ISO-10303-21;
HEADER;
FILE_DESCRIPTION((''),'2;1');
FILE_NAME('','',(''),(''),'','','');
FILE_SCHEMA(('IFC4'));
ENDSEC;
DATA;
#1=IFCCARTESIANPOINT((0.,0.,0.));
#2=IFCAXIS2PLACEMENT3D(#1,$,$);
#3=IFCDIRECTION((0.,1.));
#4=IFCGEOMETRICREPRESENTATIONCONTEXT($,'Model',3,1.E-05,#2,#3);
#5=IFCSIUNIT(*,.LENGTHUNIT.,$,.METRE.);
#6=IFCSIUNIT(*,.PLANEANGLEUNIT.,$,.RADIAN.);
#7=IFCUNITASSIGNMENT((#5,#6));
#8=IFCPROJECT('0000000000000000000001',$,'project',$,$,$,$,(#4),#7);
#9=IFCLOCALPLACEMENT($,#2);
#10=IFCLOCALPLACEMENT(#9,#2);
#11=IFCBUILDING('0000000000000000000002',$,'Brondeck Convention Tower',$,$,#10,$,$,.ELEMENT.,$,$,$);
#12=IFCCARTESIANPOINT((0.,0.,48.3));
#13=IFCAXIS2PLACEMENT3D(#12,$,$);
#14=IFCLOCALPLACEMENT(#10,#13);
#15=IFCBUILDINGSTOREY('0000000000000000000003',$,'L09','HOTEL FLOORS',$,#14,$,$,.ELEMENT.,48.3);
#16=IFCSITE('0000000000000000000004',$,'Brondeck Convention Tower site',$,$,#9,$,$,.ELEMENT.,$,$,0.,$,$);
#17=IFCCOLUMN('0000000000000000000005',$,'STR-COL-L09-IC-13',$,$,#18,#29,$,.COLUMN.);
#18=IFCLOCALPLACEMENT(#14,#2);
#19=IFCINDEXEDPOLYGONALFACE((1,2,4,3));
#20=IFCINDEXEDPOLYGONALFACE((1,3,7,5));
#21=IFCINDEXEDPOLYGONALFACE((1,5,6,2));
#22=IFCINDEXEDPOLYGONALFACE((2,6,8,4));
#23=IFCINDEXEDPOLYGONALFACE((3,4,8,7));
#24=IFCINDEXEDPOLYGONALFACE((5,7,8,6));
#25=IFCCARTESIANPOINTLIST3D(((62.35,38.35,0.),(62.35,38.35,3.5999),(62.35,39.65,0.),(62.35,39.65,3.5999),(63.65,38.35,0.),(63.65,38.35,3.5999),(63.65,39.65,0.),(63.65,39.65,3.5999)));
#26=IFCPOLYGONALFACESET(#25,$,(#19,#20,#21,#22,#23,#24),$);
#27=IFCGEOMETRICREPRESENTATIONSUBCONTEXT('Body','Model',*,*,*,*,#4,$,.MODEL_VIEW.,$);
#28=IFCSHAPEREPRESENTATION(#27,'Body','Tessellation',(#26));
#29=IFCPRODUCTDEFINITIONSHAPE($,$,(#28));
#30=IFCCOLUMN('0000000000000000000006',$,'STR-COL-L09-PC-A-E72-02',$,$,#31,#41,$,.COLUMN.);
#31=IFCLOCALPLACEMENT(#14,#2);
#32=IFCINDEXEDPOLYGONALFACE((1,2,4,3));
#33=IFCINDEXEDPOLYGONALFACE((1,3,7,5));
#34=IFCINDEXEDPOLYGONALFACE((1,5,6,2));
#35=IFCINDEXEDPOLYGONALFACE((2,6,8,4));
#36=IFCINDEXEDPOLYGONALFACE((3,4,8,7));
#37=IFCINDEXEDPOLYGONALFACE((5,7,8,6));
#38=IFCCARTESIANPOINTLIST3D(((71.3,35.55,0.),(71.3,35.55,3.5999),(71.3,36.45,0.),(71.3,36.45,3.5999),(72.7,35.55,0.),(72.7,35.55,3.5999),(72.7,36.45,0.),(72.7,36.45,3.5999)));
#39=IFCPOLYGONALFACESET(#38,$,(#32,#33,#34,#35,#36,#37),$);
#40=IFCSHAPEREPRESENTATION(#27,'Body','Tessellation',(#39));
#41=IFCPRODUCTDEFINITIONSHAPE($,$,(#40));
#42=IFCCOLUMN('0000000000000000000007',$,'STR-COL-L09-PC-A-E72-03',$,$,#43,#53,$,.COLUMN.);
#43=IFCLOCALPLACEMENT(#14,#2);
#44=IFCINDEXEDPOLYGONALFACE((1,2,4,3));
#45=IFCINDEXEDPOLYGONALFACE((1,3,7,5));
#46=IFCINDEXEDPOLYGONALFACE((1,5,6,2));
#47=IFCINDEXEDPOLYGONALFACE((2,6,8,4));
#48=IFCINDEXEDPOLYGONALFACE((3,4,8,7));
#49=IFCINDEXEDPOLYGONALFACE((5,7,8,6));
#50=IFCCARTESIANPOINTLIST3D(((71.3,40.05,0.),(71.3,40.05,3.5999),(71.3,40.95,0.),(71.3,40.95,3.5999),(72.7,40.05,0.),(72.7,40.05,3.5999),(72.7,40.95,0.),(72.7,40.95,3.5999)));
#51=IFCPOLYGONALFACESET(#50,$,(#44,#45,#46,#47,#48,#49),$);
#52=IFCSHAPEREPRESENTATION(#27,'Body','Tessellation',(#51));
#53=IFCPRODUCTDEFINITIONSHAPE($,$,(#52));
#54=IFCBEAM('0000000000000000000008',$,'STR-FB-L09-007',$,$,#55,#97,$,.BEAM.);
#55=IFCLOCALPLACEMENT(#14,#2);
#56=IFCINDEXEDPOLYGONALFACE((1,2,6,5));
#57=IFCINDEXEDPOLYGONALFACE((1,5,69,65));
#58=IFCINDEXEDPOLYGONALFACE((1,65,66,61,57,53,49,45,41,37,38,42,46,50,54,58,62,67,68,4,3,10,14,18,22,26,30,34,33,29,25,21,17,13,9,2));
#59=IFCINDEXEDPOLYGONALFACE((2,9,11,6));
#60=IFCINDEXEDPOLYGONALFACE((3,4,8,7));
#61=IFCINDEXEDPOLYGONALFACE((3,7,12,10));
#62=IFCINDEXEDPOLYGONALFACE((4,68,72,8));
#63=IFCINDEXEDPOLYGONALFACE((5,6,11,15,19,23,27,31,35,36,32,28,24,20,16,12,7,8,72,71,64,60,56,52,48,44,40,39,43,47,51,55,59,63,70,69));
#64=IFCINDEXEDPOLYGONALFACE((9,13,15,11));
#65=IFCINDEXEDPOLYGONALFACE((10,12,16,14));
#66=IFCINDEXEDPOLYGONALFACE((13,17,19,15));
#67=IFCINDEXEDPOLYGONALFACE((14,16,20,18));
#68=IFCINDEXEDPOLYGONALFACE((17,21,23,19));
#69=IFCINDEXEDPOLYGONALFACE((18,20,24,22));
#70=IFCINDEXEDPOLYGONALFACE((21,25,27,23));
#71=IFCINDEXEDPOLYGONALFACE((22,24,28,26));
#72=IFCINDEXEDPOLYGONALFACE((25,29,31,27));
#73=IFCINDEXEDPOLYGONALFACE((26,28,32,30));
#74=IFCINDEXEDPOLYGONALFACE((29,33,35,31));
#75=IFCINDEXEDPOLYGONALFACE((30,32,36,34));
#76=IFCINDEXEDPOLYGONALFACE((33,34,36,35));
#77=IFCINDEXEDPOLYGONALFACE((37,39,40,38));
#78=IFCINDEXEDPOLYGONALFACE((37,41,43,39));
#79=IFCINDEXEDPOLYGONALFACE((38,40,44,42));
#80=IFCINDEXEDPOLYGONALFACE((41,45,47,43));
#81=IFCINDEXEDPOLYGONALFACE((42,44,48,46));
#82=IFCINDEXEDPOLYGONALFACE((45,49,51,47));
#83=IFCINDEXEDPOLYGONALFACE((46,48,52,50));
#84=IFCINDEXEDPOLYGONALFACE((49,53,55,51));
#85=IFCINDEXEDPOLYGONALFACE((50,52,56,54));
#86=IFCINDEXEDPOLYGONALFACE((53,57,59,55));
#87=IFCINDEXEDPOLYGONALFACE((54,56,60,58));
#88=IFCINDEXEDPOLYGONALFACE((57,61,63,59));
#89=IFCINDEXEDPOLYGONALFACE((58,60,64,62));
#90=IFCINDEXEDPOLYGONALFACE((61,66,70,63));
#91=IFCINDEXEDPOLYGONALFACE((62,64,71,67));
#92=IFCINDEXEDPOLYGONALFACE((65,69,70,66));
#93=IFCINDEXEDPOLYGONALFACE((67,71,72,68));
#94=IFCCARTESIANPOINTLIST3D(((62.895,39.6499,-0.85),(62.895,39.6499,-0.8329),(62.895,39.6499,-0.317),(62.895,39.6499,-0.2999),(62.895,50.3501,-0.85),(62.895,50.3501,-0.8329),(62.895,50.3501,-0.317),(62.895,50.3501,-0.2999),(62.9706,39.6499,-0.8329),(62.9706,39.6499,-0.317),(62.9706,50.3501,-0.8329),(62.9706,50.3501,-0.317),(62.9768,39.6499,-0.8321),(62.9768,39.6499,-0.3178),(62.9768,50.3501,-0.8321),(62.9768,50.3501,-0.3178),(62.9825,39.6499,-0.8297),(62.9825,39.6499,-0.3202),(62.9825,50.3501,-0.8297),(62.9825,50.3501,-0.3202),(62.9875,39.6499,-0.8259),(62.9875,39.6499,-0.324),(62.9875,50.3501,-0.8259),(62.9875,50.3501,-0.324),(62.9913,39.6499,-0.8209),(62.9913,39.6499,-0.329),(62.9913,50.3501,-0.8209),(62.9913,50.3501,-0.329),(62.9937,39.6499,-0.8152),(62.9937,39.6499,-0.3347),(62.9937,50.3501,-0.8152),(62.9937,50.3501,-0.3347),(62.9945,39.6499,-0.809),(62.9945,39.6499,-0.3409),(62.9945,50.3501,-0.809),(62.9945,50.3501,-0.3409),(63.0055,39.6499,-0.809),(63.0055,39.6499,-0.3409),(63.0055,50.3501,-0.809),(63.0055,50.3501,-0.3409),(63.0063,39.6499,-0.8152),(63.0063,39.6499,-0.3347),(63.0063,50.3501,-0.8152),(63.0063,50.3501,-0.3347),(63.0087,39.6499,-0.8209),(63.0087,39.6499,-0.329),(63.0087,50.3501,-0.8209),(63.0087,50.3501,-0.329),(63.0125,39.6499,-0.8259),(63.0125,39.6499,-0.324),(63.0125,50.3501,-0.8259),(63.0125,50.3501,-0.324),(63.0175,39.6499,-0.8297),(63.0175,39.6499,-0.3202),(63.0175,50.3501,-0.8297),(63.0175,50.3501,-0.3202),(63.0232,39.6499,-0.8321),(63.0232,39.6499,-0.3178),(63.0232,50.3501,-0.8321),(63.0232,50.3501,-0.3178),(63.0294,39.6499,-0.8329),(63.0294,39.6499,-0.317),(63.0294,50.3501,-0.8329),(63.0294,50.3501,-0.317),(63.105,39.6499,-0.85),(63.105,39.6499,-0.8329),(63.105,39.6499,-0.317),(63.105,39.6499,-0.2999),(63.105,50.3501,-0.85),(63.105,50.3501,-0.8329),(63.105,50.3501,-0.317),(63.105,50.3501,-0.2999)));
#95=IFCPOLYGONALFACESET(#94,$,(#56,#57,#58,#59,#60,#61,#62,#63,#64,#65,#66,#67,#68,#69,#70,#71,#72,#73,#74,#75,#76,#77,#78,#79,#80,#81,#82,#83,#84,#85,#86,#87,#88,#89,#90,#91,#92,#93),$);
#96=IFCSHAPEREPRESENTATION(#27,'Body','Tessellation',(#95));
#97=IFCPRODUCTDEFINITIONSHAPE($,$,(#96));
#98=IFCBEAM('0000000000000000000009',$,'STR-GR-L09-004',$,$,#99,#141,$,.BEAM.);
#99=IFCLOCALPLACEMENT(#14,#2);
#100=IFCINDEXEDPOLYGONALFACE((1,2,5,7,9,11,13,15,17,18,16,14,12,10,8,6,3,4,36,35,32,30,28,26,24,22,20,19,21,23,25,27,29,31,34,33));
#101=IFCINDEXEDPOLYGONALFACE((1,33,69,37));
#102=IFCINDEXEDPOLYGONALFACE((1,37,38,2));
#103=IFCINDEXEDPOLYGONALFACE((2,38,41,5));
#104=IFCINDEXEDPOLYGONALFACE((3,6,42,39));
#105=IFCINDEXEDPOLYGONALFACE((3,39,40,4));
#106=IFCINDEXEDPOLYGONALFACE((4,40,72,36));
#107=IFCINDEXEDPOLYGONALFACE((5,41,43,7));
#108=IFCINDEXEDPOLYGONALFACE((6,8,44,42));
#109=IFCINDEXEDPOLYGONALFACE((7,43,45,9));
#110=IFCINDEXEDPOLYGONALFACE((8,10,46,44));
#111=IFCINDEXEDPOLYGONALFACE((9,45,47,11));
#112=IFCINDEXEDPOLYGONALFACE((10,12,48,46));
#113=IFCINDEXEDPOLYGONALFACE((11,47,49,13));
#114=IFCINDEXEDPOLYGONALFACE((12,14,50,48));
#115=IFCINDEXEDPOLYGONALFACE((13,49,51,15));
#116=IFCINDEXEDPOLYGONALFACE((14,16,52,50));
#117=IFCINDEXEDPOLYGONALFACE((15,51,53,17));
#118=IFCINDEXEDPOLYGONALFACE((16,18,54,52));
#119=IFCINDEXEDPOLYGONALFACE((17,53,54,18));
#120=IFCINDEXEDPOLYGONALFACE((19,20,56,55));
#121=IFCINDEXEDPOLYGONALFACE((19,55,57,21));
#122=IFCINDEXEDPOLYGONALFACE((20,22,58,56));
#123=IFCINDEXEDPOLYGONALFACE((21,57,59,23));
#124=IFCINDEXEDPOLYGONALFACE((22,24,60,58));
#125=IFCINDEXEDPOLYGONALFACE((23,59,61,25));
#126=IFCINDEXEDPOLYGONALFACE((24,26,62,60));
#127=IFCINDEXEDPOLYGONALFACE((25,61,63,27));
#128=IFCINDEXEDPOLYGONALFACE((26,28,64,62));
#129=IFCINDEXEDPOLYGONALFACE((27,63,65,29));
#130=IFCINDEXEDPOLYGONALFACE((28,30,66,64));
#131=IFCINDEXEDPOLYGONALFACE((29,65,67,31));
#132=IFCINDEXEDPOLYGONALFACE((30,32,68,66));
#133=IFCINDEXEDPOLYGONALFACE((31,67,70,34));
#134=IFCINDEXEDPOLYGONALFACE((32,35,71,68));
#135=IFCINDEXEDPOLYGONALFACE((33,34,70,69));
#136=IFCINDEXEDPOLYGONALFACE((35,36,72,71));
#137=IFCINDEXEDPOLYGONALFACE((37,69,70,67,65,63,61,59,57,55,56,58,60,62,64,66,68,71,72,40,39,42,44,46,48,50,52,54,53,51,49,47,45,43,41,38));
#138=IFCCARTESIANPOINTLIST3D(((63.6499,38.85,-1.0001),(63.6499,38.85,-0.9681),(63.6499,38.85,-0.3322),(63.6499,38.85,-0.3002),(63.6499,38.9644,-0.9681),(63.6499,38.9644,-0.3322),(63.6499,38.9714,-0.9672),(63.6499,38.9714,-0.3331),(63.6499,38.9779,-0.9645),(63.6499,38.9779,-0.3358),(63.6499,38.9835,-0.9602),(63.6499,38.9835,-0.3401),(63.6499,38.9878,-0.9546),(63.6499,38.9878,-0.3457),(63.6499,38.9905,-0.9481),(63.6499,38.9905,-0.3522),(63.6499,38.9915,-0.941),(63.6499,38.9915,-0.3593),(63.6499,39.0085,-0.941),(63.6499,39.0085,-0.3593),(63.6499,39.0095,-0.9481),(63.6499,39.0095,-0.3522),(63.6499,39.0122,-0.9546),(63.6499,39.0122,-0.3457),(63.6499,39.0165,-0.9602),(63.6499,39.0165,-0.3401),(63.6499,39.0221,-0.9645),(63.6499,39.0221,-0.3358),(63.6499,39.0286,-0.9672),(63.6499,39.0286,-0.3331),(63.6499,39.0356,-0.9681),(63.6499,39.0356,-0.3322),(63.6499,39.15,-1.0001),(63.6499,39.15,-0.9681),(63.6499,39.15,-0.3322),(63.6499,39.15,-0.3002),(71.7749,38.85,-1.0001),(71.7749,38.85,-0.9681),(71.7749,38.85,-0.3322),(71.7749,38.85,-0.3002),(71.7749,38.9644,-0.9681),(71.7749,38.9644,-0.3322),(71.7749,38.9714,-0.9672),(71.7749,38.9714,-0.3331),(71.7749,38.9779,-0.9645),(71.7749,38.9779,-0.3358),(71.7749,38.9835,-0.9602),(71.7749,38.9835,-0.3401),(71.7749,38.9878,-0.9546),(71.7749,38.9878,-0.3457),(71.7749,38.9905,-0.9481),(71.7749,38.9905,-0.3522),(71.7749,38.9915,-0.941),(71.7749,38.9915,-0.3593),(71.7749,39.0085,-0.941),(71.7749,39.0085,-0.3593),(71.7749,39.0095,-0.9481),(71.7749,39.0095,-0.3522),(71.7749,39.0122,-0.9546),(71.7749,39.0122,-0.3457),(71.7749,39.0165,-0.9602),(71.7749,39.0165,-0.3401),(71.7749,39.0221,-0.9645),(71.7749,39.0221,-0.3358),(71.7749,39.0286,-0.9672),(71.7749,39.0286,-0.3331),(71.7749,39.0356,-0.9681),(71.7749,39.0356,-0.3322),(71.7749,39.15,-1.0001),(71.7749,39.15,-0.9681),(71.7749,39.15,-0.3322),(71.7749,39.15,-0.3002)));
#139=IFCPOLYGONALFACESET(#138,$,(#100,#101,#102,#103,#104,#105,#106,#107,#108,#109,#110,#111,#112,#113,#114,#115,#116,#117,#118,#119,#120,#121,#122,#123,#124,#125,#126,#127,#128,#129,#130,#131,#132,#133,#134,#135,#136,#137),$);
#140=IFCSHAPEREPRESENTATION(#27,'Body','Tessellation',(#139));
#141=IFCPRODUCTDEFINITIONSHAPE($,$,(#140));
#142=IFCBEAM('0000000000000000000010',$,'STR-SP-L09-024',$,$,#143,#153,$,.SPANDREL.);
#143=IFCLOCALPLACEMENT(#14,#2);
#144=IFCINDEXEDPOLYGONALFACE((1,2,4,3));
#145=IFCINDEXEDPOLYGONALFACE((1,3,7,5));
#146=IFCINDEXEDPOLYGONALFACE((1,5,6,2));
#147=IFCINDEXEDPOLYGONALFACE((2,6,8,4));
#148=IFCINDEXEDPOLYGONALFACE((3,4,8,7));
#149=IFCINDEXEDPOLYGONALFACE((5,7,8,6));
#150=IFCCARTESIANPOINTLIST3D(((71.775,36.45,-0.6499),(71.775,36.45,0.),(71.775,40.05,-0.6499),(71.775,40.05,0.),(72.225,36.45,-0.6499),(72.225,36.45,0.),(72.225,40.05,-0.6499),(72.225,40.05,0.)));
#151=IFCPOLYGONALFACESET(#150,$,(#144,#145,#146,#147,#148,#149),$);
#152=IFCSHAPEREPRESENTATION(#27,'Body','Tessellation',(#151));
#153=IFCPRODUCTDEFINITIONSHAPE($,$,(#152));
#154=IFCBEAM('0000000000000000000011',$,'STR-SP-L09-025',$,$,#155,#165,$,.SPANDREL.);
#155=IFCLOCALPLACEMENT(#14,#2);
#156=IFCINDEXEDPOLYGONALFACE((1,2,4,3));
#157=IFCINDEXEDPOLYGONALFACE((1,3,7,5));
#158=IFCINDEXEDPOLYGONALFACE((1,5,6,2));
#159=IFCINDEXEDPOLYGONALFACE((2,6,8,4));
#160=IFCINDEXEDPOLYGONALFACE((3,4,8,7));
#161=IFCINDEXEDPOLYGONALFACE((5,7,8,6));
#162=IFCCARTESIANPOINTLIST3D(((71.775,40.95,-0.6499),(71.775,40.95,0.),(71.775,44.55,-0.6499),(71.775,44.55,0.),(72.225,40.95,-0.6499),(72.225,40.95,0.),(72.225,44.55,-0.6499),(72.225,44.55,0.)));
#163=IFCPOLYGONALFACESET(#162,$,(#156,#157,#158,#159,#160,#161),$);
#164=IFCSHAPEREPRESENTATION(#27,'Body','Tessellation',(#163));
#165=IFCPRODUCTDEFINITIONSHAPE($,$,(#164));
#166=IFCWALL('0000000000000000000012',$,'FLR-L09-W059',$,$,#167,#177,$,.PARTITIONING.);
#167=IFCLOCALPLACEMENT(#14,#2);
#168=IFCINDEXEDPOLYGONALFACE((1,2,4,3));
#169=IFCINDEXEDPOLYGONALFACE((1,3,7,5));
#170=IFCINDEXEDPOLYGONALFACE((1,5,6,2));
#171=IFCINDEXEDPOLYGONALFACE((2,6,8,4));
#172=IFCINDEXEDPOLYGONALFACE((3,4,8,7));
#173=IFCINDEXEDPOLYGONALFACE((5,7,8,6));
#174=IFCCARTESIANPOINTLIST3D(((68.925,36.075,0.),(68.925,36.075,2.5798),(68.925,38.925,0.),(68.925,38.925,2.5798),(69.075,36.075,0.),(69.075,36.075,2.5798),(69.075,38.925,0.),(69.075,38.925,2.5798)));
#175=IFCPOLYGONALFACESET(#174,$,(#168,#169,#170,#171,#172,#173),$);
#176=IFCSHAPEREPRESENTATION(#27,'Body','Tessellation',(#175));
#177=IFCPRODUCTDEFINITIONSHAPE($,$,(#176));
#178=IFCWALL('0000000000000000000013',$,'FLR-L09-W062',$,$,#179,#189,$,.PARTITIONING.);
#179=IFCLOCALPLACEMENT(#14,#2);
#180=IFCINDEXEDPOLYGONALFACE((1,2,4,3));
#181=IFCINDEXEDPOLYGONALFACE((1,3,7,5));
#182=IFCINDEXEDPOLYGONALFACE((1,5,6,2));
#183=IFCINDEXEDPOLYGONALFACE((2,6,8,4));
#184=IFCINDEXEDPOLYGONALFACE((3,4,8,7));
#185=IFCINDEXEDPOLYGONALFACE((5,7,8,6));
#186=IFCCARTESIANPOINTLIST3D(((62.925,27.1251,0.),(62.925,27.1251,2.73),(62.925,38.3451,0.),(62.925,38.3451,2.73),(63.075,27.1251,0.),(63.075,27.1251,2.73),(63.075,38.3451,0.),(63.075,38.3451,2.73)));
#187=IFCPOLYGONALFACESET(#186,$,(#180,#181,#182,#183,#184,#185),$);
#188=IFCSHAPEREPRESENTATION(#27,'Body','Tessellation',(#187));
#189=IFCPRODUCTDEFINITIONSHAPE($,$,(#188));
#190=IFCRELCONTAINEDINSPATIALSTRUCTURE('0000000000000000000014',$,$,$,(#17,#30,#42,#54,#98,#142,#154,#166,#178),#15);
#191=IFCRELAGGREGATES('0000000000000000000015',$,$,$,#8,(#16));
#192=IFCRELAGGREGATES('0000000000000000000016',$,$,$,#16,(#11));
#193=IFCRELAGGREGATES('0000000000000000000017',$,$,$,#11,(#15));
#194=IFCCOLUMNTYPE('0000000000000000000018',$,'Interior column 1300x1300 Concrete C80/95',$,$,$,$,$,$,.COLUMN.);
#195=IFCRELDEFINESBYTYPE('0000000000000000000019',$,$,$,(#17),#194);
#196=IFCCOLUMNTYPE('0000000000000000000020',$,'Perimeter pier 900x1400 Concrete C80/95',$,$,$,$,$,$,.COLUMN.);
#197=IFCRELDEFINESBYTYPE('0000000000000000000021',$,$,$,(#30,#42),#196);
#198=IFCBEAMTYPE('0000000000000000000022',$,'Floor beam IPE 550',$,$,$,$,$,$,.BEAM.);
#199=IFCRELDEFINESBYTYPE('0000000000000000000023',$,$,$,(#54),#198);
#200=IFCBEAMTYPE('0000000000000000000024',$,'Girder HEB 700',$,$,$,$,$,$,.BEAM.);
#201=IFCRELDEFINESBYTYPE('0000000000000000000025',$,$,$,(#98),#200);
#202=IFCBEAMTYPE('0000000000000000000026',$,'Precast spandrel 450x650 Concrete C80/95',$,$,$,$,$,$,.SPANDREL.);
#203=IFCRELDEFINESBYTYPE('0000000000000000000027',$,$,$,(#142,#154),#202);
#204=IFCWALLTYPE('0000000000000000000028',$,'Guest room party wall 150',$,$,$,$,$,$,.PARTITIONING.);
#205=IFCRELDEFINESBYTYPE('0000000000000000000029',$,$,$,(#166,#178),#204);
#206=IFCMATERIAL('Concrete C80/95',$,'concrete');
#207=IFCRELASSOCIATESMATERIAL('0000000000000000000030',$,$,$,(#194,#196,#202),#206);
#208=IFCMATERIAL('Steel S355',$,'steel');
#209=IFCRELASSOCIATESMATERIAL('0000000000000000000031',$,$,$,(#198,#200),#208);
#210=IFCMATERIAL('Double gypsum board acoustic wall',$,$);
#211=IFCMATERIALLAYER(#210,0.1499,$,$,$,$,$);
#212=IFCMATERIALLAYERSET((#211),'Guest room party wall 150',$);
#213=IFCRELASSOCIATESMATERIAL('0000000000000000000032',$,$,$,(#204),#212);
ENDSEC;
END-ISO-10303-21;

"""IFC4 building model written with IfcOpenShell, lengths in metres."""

from ifc_helpers import new_model, si_unit, direction, frame, frame_2d, origin, origin_2d, place, context, subcontext, project, spatial, rectangle, i_section, extrude, material, layer, layer_set, material_profile, profile_set, type_object, element, save


model = new_model("IFC4")

# Units and contexts
model_context = context("Model", 3, precision=1e-05, world=origin(), true_north=direction((0.0, 1.0)))
body_context = subcontext(model_context, "Body", "Model", "MODEL_VIEW")
ifc_project = project(units=[si_unit("LENGTHUNIT", "METRE"), si_unit("PLANEANGLEUNIT", "RADIAN")], contexts=[model_context])

# Site, building, storey
site_placement = place(None, origin())
site = spatial("IfcSite", under=ifc_project, at=site_placement, Name="Brondeck Convention Tower site", CompositionType="ELEMENT", RefElevation=0.0)
building_placement = place(site_placement, origin())
building = spatial("IfcBuilding", under=site, at=building_placement, Name="Brondeck Convention Tower", CompositionType="ELEMENT")
storey_placement = place(building_placement, frame((0.0, 0.0, 48.3)))
storey = spatial("IfcBuildingStorey", under=building, at=storey_placement, Name="L09", Description="HOTEL FLOORS", CompositionType="ELEMENT", Elevation=48.3)

# Columns
ifc_material_1 = material(Name="Concrete C80/95", Category="concrete")
ifc_material_profile_1 = material_profile(ifc_material_1, rectangle(XDim=1.3, YDim=1.3, at=origin_2d()), Name="Interior column 1300x1300 Concrete C80/95")
ifc_profile_set_1 = profile_set([ifc_material_profile_1], Name="Concrete C80/95")
column_type_1 = type_object("IfcColumnType", Name="Interior column 1300x1300 Concrete C80/95", PredefinedType="COLUMN", material=ifc_profile_set_1)
column_placement = place(storey_placement, frame((63.0, 39.0, 0.0), z_axis=(0.0, 0.0, 1.0), x_axis=(1.0, 0.0, 0.0)))
element("IfcColumn", 1, at=column_placement, inside=storey, type_object=column_type_1, Name="STR-COL-L09-IC-13", PredefinedType="COLUMN", context=body_context, shape_type="SweptSolid", body=[
    extrude(rectangle(XDim=1.3, YDim=1.3, at=origin_2d()), origin(), (0.0, 0.0, 1.0), 3.5999),
])
ifc_material_profile_2 = material_profile(ifc_material_1, rectangle(XDim=0.8999, YDim=1.3999, at=origin_2d()), Name="Perimeter pier 900x1400 Concrete C80/95")
ifc_profile_set_2 = profile_set([ifc_material_profile_2], Name="Concrete C80/95")
column_type_2 = type_object("IfcColumnType", Name="Perimeter pier 900x1400 Concrete C80/95", PredefinedType="COLUMN", material=ifc_profile_set_2)
for number, where, z_axis, x_axis, name in (
    (2, (72.0, 36.0, 0.0), (0.0, 0.0, 1.0), (0.0, 1.0, 0.0), "STR-COL-L09-PC-A-E72-02"),
    (3, (72.0, 40.5, 0.0), (0.0, 0.0, 1.0), (0.0, 1.0, 0.0), "STR-COL-L09-PC-A-E72-03"),
):
    element("IfcColumn", number, at=place(storey_placement, frame(where, z_axis=z_axis, x_axis=x_axis)), inside=storey, type_object=column_type_2, Name=name, PredefinedType="COLUMN", context=body_context, shape_type="SweptSolid", body=[
        extrude(rectangle(XDim=0.8999, YDim=1.3999, at=origin_2d()), origin(), (0.0, 0.0, 1.0), 3.5999),
    ])

# Beams
ifc_material_2 = material(Name="Steel S355", Category="steel")
ifc_material_profile_3 = material_profile(ifc_material_2, i_section(OverallWidth=0.21, OverallDepth=0.55, WebThickness=0.011, FlangeThickness=0.0171, FilletRadius=0.0239, at=origin_2d()), Name="IPE 550")
ifc_profile_set_3 = profile_set([ifc_material_profile_3], Name="Steel S355")
beam_type_1 = type_object("IfcBeamType", Name="Floor beam IPE 550", PredefinedType="BEAM", material=ifc_profile_set_3)
beam_1_placement = place(storey_placement, frame((63.0, 39.6499, -0.575), z_axis=(0.0, 1.0, 0.0), x_axis=(-1.0, 0.0, 0.0)))
element("IfcBeam", 4, at=beam_1_placement, inside=storey, type_object=beam_type_1, Name="STR-FB-L09-007", PredefinedType="BEAM", context=body_context, shape_type="SweptSolid", body=[
    extrude(i_section(OverallWidth=0.21, OverallDepth=0.55, WebThickness=0.011, FlangeThickness=0.0171, FilletRadius=0.0239, at=origin_2d()), origin(), (0.0, 0.0, 1.0), 10.7002),
])
ifc_material_profile_4 = material_profile(ifc_material_2, i_section(OverallWidth=0.3, OverallDepth=0.7, WebThickness=0.0171, FlangeThickness=0.032, FilletRadius=0.0271, at=origin_2d()), Name="HEB 700")
ifc_profile_set_4 = profile_set([ifc_material_profile_4], Name="Steel S355")
beam_type_2 = type_object("IfcBeamType", Name="Girder HEB 700", PredefinedType="BEAM", material=ifc_profile_set_4)
beam_2_placement = place(storey_placement, frame((63.6499, 39.0, -0.6501), z_axis=(1.0, 0.0, 0.0), x_axis=(0.0, 1.0, 0.0)))
element("IfcBeam", 5, at=beam_2_placement, inside=storey, type_object=beam_type_2, Name="STR-GR-L09-004", PredefinedType="BEAM", context=body_context, shape_type="SweptSolid", body=[
    extrude(i_section(OverallWidth=0.3, OverallDepth=0.7, WebThickness=0.0171, FlangeThickness=0.032, FilletRadius=0.0271, at=origin_2d()), origin(), (0.0, 0.0, 1.0), 8.125),
])
ifc_material_profile_5 = material_profile(ifc_material_1, rectangle(XDim=0.45, YDim=0.6499, at=origin_2d()), Name="Precast spandrel 450x650 Concrete C80/95")
ifc_profile_set_5 = profile_set([ifc_material_profile_5], Name="Concrete C80/95")
beam_type_3 = type_object("IfcBeamType", Name="Precast spandrel 450x650 Concrete C80/95", PredefinedType="SPANDREL", material=ifc_profile_set_5)
for number, where, z_axis, x_axis, name in (
    (6, (72.0, 36.45, -0.325), (0.0, 1.0, 0.0), (-1.0, 0.0, 0.0), "STR-SP-L09-024"),
    (7, (72.0, 40.95, -0.325), (0.0, 1.0, 0.0), (-1.0, 0.0, 0.0), "STR-SP-L09-025"),
):
    element("IfcBeam", number, at=place(storey_placement, frame(where, z_axis=z_axis, x_axis=x_axis)), inside=storey, type_object=beam_type_3, Name=name, PredefinedType="SPANDREL", context=body_context, shape_type="SweptSolid", body=[
        extrude(rectangle(XDim=0.45, YDim=0.6499, at=origin_2d()), origin(), (0.0, 0.0, 1.0), 3.6001),
    ])

# Walls
ifc_material_3 = material(Name="Double gypsum board acoustic wall")
ifc_layer_1 = layer(ifc_material_3, 0.1499)
ifc_layer_set_1 = layer_set([ifc_layer_1], Name="Guest room party wall 150")
wall_type_1 = type_object("IfcWallType", Name="Guest room party wall 150", PredefinedType="PARTITIONING", material=ifc_layer_set_1)
wall_1_placement = place(storey_placement, frame((69.0, 36.075, 0.0), z_axis=(0.0, 0.0, 1.0), x_axis=(0.0, 1.0, 0.0)))
element("IfcWall", 8, at=wall_1_placement, inside=storey, type_object=wall_type_1, Name="FLR-L09-W059", PredefinedType="PARTITIONING", context=body_context, shape_type="SweptSolid", body=[
    extrude(rectangle(XDim=2.8501, YDim=0.1499, at=frame_2d((1.425, 0.0))), origin(), (0.0, 0.0, 1.0), 2.5798),
])
wall_2_placement = place(storey_placement, frame((63.0, 38.345, 0.0), z_axis=(0.0, 0.0, 1.0), x_axis=(0.0, -1.0, 0.0)))
element("IfcWall", 9, at=wall_2_placement, inside=storey, type_object=wall_type_1, Name="FLR-L09-W062", PredefinedType="PARTITIONING", context=body_context, shape_type="SweptSolid", body=[
    extrude(rectangle(XDim=11.22, YDim=0.1499, at=frame_2d((5.6099, 0.0))), origin(), (0.0, 0.0, 1.0), 2.73),
])

save(model, "model.ifc")
